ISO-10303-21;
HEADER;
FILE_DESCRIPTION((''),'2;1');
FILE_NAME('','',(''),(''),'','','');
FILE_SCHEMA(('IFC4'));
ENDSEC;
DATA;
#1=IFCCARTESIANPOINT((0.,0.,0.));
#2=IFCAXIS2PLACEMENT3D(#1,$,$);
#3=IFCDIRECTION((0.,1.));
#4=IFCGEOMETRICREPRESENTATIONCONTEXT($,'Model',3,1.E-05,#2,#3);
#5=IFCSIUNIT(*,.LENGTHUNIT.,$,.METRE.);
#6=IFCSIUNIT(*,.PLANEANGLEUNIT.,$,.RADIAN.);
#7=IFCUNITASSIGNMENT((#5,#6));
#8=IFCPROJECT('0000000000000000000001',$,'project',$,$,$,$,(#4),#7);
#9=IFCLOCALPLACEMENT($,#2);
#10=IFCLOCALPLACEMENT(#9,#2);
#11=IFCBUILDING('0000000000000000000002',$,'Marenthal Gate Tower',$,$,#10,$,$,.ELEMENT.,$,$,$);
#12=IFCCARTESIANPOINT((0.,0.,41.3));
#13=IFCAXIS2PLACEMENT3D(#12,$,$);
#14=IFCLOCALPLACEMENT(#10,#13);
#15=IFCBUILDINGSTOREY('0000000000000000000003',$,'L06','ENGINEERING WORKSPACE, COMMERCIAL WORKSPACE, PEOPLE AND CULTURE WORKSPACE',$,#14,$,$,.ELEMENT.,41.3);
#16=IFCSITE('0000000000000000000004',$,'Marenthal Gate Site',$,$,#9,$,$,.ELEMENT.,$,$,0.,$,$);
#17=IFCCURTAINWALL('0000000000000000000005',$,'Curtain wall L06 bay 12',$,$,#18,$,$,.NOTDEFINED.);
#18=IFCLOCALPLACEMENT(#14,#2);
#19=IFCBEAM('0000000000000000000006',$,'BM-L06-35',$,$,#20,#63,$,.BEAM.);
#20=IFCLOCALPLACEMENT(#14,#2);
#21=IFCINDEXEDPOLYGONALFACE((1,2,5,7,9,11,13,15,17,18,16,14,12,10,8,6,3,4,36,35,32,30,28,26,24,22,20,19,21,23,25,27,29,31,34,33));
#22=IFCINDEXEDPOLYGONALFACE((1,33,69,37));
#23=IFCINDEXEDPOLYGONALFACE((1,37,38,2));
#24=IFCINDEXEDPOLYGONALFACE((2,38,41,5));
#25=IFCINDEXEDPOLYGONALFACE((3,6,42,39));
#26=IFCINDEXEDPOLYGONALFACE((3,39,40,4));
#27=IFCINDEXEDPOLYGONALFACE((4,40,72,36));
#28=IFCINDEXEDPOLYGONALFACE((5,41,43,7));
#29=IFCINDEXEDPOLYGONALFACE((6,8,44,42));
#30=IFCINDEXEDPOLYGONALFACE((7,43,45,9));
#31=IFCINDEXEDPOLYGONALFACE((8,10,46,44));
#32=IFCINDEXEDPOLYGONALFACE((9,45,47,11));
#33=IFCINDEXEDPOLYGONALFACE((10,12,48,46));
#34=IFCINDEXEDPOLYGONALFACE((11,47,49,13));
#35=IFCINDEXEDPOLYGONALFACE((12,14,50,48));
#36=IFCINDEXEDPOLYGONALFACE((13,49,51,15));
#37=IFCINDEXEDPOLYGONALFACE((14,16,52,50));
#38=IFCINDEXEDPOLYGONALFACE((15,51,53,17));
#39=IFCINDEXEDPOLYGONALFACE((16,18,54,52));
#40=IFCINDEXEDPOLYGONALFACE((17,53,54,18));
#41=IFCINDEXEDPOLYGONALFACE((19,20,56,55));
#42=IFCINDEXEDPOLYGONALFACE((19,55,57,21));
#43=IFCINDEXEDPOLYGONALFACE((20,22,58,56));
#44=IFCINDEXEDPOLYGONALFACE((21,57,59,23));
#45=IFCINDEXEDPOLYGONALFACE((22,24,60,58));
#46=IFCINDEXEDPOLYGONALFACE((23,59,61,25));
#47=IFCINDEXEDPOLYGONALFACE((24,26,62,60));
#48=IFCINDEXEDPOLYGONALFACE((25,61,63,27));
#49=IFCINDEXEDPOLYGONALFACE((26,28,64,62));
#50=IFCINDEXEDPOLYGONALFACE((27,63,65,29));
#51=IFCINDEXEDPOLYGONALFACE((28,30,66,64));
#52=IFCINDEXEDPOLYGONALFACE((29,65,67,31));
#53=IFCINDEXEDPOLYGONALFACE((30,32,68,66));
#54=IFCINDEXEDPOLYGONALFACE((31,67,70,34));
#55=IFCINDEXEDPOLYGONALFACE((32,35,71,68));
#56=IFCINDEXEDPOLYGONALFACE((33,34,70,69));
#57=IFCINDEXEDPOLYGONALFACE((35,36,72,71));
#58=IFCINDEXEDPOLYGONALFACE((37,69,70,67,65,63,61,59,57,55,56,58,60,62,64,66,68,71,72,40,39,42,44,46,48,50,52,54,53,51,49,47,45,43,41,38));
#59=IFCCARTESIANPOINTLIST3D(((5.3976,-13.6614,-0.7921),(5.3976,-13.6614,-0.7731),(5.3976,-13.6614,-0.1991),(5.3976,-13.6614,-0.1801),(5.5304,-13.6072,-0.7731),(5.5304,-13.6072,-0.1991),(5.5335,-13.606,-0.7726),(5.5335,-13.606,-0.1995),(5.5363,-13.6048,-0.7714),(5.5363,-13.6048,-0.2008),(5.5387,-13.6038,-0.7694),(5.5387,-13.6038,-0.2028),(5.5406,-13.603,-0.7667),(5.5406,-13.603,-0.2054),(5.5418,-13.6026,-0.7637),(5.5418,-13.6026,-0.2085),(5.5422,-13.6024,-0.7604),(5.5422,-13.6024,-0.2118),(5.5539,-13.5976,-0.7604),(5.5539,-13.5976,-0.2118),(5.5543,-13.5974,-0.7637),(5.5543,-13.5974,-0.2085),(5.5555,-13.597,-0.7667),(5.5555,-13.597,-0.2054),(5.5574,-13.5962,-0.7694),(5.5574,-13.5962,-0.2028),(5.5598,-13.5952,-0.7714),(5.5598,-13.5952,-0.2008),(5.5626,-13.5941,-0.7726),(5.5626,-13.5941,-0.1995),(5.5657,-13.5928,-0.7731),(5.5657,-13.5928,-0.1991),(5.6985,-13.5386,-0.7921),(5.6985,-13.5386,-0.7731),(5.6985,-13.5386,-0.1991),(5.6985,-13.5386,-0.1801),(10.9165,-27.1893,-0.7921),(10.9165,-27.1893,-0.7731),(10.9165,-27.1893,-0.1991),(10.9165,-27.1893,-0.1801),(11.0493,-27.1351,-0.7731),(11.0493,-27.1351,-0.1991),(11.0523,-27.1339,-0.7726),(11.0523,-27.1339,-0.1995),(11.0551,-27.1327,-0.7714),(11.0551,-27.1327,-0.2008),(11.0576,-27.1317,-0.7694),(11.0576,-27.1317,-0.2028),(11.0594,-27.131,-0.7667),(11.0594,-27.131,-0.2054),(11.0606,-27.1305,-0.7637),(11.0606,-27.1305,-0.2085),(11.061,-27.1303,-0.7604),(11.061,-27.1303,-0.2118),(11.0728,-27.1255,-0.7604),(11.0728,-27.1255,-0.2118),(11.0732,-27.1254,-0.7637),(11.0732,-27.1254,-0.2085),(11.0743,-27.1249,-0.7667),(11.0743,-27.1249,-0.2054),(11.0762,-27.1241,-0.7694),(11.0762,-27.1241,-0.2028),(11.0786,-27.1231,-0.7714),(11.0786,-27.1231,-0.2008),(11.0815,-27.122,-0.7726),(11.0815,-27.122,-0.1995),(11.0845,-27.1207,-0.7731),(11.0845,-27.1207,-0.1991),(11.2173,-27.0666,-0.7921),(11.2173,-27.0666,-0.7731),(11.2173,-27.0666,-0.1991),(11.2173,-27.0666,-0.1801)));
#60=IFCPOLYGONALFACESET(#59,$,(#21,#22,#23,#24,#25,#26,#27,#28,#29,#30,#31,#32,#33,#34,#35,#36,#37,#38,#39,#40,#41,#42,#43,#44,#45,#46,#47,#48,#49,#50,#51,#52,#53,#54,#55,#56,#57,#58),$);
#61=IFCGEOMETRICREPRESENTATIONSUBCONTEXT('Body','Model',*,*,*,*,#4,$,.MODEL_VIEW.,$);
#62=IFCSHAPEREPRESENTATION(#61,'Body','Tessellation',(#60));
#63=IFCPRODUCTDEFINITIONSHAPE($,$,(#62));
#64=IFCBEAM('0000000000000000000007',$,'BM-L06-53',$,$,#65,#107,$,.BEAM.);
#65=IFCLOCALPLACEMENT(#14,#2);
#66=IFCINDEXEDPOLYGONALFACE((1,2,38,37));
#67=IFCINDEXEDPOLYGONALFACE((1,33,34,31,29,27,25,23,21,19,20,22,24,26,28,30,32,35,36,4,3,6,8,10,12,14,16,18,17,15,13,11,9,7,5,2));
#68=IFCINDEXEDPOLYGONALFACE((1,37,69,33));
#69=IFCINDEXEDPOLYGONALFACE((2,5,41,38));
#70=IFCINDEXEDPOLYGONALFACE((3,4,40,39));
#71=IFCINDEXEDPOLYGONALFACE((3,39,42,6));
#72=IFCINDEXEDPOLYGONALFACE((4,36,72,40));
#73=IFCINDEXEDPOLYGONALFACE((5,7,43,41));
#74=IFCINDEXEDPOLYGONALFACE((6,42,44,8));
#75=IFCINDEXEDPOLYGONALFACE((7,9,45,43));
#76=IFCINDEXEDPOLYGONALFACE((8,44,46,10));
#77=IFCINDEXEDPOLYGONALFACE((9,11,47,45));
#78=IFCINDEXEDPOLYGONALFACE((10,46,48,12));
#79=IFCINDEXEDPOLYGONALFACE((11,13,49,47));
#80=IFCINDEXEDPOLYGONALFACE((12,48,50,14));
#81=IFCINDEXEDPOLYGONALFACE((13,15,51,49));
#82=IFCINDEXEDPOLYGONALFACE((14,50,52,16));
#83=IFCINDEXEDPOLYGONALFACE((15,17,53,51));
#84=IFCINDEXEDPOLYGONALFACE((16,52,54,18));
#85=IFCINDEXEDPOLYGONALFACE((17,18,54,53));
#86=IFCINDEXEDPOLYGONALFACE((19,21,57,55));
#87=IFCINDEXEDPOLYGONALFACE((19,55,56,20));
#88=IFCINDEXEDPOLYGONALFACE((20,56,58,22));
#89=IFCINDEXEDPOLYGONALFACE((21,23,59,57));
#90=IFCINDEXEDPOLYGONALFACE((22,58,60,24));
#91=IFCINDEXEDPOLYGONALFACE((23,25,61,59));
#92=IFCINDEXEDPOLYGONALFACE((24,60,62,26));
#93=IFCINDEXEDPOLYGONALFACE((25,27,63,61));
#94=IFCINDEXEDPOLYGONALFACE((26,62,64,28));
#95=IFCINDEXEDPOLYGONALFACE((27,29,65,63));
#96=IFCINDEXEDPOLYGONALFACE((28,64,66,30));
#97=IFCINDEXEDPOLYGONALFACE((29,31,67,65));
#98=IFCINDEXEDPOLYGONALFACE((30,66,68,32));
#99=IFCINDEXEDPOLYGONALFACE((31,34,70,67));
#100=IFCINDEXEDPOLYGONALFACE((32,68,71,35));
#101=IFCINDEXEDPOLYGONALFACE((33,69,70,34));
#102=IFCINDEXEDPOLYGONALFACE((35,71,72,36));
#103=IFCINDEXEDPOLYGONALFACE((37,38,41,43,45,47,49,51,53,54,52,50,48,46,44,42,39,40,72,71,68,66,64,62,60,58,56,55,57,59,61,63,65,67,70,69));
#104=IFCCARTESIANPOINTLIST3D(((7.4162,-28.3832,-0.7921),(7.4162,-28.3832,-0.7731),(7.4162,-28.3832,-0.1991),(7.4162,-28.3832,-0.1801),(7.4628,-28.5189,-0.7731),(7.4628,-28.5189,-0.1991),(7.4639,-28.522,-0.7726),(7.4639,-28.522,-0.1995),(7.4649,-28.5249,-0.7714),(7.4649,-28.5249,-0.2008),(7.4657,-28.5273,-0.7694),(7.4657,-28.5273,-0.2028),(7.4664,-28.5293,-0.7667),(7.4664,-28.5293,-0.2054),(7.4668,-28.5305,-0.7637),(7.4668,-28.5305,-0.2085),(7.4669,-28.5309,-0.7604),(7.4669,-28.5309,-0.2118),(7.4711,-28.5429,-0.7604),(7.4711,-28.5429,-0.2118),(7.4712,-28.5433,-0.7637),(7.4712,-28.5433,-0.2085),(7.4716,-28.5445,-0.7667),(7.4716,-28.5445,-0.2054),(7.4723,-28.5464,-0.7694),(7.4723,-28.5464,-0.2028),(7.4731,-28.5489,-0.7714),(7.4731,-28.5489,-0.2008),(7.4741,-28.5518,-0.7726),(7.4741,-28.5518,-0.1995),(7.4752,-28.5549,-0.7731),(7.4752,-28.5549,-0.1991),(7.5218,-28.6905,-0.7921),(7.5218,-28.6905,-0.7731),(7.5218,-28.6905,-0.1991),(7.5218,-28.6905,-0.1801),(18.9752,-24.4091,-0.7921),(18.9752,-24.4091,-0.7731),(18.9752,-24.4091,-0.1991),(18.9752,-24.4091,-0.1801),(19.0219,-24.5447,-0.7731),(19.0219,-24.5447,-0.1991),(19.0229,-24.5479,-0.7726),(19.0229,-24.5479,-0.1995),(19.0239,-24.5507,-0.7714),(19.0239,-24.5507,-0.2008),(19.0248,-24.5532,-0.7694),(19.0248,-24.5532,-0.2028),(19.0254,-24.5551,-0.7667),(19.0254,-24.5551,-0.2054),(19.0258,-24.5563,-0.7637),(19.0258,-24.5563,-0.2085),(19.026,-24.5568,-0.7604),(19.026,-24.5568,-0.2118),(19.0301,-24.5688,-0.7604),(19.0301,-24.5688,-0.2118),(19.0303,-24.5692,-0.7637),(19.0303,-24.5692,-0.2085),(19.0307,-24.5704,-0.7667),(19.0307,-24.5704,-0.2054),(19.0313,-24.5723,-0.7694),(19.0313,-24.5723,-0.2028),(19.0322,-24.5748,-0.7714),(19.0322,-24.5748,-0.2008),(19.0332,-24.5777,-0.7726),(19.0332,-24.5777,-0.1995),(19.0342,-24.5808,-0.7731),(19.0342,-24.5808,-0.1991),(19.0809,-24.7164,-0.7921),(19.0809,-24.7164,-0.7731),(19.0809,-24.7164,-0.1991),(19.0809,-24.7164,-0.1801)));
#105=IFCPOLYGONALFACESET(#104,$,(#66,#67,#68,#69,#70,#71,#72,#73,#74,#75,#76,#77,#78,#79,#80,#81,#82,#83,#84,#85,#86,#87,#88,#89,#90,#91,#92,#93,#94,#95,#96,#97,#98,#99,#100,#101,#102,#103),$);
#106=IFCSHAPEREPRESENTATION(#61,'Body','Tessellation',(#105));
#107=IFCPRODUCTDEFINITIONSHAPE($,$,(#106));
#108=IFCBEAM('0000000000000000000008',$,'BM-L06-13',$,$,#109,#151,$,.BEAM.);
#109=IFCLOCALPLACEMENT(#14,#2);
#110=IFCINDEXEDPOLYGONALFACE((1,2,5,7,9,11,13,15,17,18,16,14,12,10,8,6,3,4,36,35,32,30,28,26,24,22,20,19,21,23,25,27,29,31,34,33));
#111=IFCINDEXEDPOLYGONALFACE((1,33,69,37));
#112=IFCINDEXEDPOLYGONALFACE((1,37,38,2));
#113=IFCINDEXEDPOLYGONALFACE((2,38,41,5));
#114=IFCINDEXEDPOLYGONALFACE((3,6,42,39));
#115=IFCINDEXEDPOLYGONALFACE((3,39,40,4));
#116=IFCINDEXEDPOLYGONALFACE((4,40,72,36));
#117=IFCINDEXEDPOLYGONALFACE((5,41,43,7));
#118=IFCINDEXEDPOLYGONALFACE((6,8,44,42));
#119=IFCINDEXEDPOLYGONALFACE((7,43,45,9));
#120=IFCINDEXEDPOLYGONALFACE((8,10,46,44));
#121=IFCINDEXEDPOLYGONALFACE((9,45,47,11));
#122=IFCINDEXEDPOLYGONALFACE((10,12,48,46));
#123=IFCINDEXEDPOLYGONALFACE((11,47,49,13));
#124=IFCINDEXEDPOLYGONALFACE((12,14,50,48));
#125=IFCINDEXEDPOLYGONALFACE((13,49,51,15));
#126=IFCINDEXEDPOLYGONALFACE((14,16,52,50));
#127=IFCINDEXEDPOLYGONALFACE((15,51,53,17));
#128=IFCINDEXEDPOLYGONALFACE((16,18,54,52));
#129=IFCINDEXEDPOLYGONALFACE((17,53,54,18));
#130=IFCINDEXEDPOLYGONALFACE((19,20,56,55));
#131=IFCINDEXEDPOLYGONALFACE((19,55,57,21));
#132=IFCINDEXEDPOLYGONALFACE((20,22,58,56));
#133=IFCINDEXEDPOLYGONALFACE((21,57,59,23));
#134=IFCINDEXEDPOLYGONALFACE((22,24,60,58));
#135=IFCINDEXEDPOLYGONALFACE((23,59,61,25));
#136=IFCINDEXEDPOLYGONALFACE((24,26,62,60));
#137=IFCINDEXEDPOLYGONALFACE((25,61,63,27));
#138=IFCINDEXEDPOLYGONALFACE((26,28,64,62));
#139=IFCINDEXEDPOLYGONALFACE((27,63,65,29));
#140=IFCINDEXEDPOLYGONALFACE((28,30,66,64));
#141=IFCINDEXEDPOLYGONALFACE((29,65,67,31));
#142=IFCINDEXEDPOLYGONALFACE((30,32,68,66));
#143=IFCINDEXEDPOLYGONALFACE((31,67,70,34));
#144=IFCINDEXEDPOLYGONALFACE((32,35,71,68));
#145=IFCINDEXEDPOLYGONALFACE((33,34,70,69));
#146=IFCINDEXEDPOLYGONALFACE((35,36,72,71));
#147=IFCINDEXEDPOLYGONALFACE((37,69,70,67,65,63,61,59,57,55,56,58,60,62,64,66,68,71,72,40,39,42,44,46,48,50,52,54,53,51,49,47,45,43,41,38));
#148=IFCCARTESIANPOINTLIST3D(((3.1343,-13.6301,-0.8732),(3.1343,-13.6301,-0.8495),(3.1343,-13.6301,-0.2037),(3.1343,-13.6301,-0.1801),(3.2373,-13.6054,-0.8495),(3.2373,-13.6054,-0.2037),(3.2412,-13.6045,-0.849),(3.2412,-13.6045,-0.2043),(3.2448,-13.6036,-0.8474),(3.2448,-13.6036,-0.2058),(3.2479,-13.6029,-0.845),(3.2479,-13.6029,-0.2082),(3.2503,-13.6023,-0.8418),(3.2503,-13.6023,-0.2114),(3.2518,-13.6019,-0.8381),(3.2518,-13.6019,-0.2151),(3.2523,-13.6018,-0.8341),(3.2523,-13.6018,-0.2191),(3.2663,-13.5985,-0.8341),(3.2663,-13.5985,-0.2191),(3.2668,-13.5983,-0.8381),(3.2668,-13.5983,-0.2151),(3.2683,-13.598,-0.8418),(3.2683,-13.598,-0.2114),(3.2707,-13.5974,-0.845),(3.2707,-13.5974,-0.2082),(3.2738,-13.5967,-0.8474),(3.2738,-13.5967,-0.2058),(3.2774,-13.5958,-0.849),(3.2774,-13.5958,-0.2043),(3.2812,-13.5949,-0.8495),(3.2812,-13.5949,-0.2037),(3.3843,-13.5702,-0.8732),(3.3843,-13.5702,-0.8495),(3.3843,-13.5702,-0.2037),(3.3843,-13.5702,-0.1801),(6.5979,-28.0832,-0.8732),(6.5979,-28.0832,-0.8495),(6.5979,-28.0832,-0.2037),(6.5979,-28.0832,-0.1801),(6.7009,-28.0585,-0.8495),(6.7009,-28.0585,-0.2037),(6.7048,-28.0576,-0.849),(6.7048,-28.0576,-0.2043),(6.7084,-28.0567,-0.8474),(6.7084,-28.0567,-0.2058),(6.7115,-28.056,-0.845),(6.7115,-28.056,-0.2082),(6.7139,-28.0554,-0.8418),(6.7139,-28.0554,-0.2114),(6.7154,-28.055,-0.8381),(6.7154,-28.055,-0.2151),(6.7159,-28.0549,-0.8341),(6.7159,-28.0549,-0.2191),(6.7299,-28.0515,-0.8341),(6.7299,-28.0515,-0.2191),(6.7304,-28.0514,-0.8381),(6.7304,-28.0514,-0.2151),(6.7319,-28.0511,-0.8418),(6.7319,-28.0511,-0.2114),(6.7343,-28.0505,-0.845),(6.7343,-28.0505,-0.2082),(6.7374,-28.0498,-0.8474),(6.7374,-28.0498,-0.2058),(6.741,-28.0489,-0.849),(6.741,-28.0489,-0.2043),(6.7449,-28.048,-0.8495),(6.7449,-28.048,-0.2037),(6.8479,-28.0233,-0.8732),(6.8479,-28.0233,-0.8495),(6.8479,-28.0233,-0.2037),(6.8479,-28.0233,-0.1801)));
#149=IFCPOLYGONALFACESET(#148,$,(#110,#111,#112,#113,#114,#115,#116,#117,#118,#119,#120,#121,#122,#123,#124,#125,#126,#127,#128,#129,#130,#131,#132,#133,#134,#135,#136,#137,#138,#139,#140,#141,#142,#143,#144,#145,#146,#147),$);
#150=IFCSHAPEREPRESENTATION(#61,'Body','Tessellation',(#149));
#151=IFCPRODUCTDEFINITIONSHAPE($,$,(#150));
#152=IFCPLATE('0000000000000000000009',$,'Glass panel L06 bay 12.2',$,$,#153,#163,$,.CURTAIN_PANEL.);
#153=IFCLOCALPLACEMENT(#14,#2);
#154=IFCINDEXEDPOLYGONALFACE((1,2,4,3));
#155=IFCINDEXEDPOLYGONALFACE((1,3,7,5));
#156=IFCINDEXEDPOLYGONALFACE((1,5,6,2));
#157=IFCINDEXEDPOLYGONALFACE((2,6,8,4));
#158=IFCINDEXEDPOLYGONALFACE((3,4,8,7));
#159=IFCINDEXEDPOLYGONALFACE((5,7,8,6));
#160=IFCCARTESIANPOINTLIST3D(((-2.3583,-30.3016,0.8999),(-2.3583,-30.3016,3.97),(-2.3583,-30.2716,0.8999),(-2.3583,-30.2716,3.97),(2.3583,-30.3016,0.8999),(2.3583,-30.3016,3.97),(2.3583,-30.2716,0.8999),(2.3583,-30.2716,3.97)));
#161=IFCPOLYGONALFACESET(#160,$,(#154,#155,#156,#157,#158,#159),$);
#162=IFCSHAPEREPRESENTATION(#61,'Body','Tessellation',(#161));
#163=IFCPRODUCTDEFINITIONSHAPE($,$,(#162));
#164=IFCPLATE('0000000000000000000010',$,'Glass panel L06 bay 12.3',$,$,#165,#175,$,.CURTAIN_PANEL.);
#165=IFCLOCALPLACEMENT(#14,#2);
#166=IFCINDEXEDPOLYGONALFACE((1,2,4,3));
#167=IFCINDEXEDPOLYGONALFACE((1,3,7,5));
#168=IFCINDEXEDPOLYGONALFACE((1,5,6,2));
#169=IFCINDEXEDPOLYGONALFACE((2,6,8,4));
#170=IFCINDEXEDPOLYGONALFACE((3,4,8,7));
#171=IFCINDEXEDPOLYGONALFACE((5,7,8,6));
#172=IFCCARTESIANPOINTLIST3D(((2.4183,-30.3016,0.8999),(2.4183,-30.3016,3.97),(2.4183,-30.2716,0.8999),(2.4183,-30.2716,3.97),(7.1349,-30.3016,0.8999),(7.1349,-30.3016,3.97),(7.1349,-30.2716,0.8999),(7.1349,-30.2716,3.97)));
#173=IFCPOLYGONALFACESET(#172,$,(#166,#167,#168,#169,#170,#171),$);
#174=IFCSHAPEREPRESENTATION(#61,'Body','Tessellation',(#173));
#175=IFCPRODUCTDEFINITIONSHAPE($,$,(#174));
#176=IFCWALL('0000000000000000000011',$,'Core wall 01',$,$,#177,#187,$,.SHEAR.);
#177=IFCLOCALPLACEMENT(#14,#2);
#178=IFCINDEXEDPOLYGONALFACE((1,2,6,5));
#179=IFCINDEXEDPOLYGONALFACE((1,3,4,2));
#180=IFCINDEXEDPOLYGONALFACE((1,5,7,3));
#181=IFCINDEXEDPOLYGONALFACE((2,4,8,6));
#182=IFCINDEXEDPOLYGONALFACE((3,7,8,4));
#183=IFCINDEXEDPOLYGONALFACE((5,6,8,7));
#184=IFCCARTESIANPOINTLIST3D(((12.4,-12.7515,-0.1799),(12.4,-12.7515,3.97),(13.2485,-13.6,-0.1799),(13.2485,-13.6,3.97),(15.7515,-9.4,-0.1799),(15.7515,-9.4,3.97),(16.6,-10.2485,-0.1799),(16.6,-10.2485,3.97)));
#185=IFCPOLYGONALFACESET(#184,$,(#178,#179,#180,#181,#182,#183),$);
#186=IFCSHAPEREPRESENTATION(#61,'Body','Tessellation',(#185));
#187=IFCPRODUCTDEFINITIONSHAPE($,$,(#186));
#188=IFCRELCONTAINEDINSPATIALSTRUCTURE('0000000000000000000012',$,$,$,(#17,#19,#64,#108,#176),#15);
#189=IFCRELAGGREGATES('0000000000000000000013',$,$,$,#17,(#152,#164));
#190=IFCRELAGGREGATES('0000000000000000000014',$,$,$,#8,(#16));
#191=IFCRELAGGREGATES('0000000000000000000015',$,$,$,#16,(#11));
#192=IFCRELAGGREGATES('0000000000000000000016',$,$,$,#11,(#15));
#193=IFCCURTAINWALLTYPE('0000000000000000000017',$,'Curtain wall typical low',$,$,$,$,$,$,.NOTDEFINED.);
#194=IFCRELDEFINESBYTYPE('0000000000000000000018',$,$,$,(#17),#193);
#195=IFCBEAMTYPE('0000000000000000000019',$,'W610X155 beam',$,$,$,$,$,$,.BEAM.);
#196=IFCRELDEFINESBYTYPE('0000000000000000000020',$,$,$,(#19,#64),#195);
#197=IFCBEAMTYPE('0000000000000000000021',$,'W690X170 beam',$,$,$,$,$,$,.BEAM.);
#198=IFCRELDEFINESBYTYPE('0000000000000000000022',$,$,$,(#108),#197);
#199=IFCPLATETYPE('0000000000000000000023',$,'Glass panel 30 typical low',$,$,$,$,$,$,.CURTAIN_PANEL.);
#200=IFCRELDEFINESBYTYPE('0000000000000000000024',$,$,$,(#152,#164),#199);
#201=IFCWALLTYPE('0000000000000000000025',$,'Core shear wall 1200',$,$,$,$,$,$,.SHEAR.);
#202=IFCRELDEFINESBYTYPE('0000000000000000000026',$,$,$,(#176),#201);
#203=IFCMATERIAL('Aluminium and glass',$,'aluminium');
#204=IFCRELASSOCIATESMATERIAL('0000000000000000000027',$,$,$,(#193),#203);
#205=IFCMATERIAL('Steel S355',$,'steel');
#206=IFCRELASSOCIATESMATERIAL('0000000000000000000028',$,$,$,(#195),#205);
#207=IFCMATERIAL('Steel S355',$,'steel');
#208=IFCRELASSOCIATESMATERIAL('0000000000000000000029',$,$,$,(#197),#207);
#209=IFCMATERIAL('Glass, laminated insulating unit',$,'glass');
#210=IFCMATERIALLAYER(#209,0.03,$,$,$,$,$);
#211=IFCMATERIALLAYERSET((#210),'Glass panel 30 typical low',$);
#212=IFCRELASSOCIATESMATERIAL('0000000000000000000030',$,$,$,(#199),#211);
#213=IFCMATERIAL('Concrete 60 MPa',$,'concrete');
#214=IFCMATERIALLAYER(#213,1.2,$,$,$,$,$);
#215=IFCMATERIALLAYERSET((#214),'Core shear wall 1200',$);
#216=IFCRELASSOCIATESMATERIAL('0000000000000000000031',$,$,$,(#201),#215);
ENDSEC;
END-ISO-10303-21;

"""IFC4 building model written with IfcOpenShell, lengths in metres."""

from ifc_helpers import new_model, si_unit, direction, frame, frame_2d, origin, origin_2d, place, context, subcontext, project, spatial, rectangle, i_section, extrude, material, layer, layer_set, material_profile, profile_set, type_object, element, aggregate, save


model = new_model("IFC4")

# Units and contexts
model_context = context("Model", 3, precision=1e-05, world=origin(), true_north=direction((0.0, 1.0)))
body_context = subcontext(model_context, "Body", "Model", "MODEL_VIEW")
ifc_project = project(units=[si_unit("LENGTHUNIT", "METRE"), si_unit("PLANEANGLEUNIT", "RADIAN")], contexts=[model_context])

# Site, building, storey
site_placement = place(None, origin())
site = spatial("IfcSite", under=ifc_project, at=site_placement, Name="Marenthal Gate Site", CompositionType="ELEMENT", RefElevation=0.0)
building_placement = place(site_placement, origin())
building = spatial("IfcBuilding", under=site, at=building_placement, Name="Marenthal Gate Tower", CompositionType="ELEMENT")
storey_placement = place(building_placement, frame((0.0, 0.0, 41.3)))
storey = spatial("IfcBuildingStorey", under=building, at=storey_placement, Name="L06", Description="ENGINEERING WORKSPACE, COMMERCIAL WORKSPACE, PEOPLE AND CULTURE WORKSPACE", CompositionType="ELEMENT", Elevation=41.3)

# Curtain wall
ifc_material_1 = material(Name="Aluminium and glass", Category="aluminium")
curtain_wall_type = type_object("IfcCurtainWallType", Name="Curtain wall typical low", PredefinedType="NOTDEFINED", material=ifc_material_1)
curtain_wall_placement = place(storey_placement, origin())
curtain_wall = element("IfcCurtainWall", 1, at=curtain_wall_placement, inside=storey, type_object=curtain_wall_type, Name="Curtain wall L06 bay 12", PredefinedType="NOTDEFINED")

# Beams
ifc_material_2 = material(Name="Steel S355", Category="steel")
ifc_material_profile_1 = material_profile(ifc_material_2, i_section(OverallWidth=0.325, OverallDepth=0.6121, WebThickness=0.0127, FlangeThickness=0.019, FilletRadius=0.0127, at=origin_2d()), Name="W610X155")
ifc_profile_set_1 = profile_set([ifc_material_profile_1], Name="Steel S355")
beam_type_1 = type_object("IfcBeamType", Name="W610X155 beam", PredefinedType="BEAM", material=ifc_profile_set_1)
beam_1_placement = place(storey_placement, frame((11.0669, -27.1279, -0.4861), z_axis=(-0.377735, 0.925914, 0.0), x_axis=(-0.925914, -0.377735, 0.0)))
element("IfcBeam", 2, at=beam_1_placement, inside=storey, type_object=beam_type_1, Name="BM-L06-35", PredefinedType="BEAM", context=body_context, shape_type="SweptSolid", body=[
    extrude(i_section(OverallWidth=0.325, OverallDepth=0.6121, WebThickness=0.0127, FlangeThickness=0.019, FilletRadius=0.0127, at=origin_2d()), origin(), (0.0, 0.0, 1.0), 14.6104),
])
beam_2_placement = place(storey_placement, frame((7.469, -28.5369, -0.4861), z_axis=(0.945669, 0.32513, 0.0), x_axis=(-0.32513, 0.945669, 0.0)))
element("IfcBeam", 3, at=beam_2_placement, inside=storey, type_object=beam_type_1, Name="BM-L06-53", PredefinedType="BEAM", context=body_context, shape_type="SweptSolid", body=[
    extrude(i_section(OverallWidth=0.325, OverallDepth=0.6121, WebThickness=0.0127, FlangeThickness=0.019, FilletRadius=0.0127, at=origin_2d()), origin(), (0.0, 0.0, 1.0), 12.2231),
])
ifc_material_3 = material(Name="Steel S355", Category="steel")
ifc_material_profile_2 = material_profile(ifc_material_3, i_section(OverallWidth=0.2571, OverallDepth=0.6931, WebThickness=0.0144, FlangeThickness=0.0237, FilletRadius=0.0154, at=origin_2d()), Name="W690X170")
ifc_profile_set_2 = profile_set([ifc_material_profile_2], Name="Steel S355")
beam_type_2 = type_object("IfcBeamType", Name="W690X170 beam", PredefinedType="BEAM", material=ifc_profile_set_2)
beam_3_placement = place(storey_placement, frame((6.7229, -28.0532, -0.5266), z_axis=(-0.233047, 0.972466, 0.0), x_axis=(-0.972466, -0.233047, 0.0)))
element("IfcBeam", 4, at=beam_3_placement, inside=storey, type_object=beam_type_2, Name="BM-L06-13", PredefinedType="BEAM", context=body_context, shape_type="SweptSolid", body=[
    extrude(i_section(OverallWidth=0.2571, OverallDepth=0.6931, WebThickness=0.0144, FlangeThickness=0.0237, FilletRadius=0.0154, at=origin_2d()), origin(), (0.0, 0.0, 1.0), 14.8623),
])

# Plates
ifc_material_4 = material(Name="Glass, laminated insulating unit", Category="glass")
ifc_layer_1 = layer(ifc_material_4, 0.03)
ifc_layer_set_1 = layer_set([ifc_layer_1], Name="Glass panel 30 typical low")
plate_type = type_object("IfcPlateType", Name="Glass panel 30 typical low", PredefinedType="CURTAIN_PANEL", material=ifc_layer_set_1)
plate_1_placement = place(storey_placement, frame((0.0, -30.2866, 0.8999), z_axis=(0.0, 0.0, 1.0), x_axis=(1.0, 0.0, 0.0)))
plate_1 = element("IfcPlate", 5, at=plate_1_placement, type_object=plate_type, Name="Glass panel L06 bay 12.2", PredefinedType="CURTAIN_PANEL", context=body_context, shape_type="SweptSolid", body=[
    extrude(rectangle(XDim=4.7166, YDim=0.03, at=origin_2d()), origin(), (0.0, 0.0, 1.0), 3.0701),
])
plate_2_placement = place(storey_placement, frame((4.7766, -30.2866, 0.8999), z_axis=(0.0, 0.0, 1.0), x_axis=(1.0, 0.0, 0.0)))
plate_2 = element("IfcPlate", 6, at=plate_2_placement, type_object=plate_type, Name="Glass panel L06 bay 12.3", PredefinedType="CURTAIN_PANEL", context=body_context, shape_type="SweptSolid", body=[
    extrude(rectangle(XDim=4.7166, YDim=0.03, at=origin_2d()), origin(), (0.0, 0.0, 1.0), 3.0701),
])
aggregate(curtain_wall, [plate_1, plate_2])

# Wall
ifc_material_5 = material(Name="Concrete 60 MPa", Category="concrete")
ifc_layer_2 = layer(ifc_material_5, 1.2)
ifc_layer_set_2 = layer_set([ifc_layer_2], Name="Core shear wall 1200")
wall_type_1 = type_object("IfcWallType", Name="Core shear wall 1200", PredefinedType="SHEAR", material=ifc_layer_set_2)
wall_1_placement = place(storey_placement, frame((12.8242, -13.1758, -0.1799), z_axis=(0.0, 0.0, 1.0), x_axis=(0.707107, 0.707107, 0.0)))
element("IfcWall", 7, at=wall_1_placement, inside=storey, type_object=wall_type_1, Name="Core wall 01", PredefinedType="SHEAR", context=body_context, shape_type="SweptSolid", body=[
    extrude(rectangle(XDim=4.7397, YDim=1.2, at=frame_2d((2.3699, 0.0))), origin(), (0.0, 0.0, 1.0), 4.1499),
])

save(model, "model.ifc")
